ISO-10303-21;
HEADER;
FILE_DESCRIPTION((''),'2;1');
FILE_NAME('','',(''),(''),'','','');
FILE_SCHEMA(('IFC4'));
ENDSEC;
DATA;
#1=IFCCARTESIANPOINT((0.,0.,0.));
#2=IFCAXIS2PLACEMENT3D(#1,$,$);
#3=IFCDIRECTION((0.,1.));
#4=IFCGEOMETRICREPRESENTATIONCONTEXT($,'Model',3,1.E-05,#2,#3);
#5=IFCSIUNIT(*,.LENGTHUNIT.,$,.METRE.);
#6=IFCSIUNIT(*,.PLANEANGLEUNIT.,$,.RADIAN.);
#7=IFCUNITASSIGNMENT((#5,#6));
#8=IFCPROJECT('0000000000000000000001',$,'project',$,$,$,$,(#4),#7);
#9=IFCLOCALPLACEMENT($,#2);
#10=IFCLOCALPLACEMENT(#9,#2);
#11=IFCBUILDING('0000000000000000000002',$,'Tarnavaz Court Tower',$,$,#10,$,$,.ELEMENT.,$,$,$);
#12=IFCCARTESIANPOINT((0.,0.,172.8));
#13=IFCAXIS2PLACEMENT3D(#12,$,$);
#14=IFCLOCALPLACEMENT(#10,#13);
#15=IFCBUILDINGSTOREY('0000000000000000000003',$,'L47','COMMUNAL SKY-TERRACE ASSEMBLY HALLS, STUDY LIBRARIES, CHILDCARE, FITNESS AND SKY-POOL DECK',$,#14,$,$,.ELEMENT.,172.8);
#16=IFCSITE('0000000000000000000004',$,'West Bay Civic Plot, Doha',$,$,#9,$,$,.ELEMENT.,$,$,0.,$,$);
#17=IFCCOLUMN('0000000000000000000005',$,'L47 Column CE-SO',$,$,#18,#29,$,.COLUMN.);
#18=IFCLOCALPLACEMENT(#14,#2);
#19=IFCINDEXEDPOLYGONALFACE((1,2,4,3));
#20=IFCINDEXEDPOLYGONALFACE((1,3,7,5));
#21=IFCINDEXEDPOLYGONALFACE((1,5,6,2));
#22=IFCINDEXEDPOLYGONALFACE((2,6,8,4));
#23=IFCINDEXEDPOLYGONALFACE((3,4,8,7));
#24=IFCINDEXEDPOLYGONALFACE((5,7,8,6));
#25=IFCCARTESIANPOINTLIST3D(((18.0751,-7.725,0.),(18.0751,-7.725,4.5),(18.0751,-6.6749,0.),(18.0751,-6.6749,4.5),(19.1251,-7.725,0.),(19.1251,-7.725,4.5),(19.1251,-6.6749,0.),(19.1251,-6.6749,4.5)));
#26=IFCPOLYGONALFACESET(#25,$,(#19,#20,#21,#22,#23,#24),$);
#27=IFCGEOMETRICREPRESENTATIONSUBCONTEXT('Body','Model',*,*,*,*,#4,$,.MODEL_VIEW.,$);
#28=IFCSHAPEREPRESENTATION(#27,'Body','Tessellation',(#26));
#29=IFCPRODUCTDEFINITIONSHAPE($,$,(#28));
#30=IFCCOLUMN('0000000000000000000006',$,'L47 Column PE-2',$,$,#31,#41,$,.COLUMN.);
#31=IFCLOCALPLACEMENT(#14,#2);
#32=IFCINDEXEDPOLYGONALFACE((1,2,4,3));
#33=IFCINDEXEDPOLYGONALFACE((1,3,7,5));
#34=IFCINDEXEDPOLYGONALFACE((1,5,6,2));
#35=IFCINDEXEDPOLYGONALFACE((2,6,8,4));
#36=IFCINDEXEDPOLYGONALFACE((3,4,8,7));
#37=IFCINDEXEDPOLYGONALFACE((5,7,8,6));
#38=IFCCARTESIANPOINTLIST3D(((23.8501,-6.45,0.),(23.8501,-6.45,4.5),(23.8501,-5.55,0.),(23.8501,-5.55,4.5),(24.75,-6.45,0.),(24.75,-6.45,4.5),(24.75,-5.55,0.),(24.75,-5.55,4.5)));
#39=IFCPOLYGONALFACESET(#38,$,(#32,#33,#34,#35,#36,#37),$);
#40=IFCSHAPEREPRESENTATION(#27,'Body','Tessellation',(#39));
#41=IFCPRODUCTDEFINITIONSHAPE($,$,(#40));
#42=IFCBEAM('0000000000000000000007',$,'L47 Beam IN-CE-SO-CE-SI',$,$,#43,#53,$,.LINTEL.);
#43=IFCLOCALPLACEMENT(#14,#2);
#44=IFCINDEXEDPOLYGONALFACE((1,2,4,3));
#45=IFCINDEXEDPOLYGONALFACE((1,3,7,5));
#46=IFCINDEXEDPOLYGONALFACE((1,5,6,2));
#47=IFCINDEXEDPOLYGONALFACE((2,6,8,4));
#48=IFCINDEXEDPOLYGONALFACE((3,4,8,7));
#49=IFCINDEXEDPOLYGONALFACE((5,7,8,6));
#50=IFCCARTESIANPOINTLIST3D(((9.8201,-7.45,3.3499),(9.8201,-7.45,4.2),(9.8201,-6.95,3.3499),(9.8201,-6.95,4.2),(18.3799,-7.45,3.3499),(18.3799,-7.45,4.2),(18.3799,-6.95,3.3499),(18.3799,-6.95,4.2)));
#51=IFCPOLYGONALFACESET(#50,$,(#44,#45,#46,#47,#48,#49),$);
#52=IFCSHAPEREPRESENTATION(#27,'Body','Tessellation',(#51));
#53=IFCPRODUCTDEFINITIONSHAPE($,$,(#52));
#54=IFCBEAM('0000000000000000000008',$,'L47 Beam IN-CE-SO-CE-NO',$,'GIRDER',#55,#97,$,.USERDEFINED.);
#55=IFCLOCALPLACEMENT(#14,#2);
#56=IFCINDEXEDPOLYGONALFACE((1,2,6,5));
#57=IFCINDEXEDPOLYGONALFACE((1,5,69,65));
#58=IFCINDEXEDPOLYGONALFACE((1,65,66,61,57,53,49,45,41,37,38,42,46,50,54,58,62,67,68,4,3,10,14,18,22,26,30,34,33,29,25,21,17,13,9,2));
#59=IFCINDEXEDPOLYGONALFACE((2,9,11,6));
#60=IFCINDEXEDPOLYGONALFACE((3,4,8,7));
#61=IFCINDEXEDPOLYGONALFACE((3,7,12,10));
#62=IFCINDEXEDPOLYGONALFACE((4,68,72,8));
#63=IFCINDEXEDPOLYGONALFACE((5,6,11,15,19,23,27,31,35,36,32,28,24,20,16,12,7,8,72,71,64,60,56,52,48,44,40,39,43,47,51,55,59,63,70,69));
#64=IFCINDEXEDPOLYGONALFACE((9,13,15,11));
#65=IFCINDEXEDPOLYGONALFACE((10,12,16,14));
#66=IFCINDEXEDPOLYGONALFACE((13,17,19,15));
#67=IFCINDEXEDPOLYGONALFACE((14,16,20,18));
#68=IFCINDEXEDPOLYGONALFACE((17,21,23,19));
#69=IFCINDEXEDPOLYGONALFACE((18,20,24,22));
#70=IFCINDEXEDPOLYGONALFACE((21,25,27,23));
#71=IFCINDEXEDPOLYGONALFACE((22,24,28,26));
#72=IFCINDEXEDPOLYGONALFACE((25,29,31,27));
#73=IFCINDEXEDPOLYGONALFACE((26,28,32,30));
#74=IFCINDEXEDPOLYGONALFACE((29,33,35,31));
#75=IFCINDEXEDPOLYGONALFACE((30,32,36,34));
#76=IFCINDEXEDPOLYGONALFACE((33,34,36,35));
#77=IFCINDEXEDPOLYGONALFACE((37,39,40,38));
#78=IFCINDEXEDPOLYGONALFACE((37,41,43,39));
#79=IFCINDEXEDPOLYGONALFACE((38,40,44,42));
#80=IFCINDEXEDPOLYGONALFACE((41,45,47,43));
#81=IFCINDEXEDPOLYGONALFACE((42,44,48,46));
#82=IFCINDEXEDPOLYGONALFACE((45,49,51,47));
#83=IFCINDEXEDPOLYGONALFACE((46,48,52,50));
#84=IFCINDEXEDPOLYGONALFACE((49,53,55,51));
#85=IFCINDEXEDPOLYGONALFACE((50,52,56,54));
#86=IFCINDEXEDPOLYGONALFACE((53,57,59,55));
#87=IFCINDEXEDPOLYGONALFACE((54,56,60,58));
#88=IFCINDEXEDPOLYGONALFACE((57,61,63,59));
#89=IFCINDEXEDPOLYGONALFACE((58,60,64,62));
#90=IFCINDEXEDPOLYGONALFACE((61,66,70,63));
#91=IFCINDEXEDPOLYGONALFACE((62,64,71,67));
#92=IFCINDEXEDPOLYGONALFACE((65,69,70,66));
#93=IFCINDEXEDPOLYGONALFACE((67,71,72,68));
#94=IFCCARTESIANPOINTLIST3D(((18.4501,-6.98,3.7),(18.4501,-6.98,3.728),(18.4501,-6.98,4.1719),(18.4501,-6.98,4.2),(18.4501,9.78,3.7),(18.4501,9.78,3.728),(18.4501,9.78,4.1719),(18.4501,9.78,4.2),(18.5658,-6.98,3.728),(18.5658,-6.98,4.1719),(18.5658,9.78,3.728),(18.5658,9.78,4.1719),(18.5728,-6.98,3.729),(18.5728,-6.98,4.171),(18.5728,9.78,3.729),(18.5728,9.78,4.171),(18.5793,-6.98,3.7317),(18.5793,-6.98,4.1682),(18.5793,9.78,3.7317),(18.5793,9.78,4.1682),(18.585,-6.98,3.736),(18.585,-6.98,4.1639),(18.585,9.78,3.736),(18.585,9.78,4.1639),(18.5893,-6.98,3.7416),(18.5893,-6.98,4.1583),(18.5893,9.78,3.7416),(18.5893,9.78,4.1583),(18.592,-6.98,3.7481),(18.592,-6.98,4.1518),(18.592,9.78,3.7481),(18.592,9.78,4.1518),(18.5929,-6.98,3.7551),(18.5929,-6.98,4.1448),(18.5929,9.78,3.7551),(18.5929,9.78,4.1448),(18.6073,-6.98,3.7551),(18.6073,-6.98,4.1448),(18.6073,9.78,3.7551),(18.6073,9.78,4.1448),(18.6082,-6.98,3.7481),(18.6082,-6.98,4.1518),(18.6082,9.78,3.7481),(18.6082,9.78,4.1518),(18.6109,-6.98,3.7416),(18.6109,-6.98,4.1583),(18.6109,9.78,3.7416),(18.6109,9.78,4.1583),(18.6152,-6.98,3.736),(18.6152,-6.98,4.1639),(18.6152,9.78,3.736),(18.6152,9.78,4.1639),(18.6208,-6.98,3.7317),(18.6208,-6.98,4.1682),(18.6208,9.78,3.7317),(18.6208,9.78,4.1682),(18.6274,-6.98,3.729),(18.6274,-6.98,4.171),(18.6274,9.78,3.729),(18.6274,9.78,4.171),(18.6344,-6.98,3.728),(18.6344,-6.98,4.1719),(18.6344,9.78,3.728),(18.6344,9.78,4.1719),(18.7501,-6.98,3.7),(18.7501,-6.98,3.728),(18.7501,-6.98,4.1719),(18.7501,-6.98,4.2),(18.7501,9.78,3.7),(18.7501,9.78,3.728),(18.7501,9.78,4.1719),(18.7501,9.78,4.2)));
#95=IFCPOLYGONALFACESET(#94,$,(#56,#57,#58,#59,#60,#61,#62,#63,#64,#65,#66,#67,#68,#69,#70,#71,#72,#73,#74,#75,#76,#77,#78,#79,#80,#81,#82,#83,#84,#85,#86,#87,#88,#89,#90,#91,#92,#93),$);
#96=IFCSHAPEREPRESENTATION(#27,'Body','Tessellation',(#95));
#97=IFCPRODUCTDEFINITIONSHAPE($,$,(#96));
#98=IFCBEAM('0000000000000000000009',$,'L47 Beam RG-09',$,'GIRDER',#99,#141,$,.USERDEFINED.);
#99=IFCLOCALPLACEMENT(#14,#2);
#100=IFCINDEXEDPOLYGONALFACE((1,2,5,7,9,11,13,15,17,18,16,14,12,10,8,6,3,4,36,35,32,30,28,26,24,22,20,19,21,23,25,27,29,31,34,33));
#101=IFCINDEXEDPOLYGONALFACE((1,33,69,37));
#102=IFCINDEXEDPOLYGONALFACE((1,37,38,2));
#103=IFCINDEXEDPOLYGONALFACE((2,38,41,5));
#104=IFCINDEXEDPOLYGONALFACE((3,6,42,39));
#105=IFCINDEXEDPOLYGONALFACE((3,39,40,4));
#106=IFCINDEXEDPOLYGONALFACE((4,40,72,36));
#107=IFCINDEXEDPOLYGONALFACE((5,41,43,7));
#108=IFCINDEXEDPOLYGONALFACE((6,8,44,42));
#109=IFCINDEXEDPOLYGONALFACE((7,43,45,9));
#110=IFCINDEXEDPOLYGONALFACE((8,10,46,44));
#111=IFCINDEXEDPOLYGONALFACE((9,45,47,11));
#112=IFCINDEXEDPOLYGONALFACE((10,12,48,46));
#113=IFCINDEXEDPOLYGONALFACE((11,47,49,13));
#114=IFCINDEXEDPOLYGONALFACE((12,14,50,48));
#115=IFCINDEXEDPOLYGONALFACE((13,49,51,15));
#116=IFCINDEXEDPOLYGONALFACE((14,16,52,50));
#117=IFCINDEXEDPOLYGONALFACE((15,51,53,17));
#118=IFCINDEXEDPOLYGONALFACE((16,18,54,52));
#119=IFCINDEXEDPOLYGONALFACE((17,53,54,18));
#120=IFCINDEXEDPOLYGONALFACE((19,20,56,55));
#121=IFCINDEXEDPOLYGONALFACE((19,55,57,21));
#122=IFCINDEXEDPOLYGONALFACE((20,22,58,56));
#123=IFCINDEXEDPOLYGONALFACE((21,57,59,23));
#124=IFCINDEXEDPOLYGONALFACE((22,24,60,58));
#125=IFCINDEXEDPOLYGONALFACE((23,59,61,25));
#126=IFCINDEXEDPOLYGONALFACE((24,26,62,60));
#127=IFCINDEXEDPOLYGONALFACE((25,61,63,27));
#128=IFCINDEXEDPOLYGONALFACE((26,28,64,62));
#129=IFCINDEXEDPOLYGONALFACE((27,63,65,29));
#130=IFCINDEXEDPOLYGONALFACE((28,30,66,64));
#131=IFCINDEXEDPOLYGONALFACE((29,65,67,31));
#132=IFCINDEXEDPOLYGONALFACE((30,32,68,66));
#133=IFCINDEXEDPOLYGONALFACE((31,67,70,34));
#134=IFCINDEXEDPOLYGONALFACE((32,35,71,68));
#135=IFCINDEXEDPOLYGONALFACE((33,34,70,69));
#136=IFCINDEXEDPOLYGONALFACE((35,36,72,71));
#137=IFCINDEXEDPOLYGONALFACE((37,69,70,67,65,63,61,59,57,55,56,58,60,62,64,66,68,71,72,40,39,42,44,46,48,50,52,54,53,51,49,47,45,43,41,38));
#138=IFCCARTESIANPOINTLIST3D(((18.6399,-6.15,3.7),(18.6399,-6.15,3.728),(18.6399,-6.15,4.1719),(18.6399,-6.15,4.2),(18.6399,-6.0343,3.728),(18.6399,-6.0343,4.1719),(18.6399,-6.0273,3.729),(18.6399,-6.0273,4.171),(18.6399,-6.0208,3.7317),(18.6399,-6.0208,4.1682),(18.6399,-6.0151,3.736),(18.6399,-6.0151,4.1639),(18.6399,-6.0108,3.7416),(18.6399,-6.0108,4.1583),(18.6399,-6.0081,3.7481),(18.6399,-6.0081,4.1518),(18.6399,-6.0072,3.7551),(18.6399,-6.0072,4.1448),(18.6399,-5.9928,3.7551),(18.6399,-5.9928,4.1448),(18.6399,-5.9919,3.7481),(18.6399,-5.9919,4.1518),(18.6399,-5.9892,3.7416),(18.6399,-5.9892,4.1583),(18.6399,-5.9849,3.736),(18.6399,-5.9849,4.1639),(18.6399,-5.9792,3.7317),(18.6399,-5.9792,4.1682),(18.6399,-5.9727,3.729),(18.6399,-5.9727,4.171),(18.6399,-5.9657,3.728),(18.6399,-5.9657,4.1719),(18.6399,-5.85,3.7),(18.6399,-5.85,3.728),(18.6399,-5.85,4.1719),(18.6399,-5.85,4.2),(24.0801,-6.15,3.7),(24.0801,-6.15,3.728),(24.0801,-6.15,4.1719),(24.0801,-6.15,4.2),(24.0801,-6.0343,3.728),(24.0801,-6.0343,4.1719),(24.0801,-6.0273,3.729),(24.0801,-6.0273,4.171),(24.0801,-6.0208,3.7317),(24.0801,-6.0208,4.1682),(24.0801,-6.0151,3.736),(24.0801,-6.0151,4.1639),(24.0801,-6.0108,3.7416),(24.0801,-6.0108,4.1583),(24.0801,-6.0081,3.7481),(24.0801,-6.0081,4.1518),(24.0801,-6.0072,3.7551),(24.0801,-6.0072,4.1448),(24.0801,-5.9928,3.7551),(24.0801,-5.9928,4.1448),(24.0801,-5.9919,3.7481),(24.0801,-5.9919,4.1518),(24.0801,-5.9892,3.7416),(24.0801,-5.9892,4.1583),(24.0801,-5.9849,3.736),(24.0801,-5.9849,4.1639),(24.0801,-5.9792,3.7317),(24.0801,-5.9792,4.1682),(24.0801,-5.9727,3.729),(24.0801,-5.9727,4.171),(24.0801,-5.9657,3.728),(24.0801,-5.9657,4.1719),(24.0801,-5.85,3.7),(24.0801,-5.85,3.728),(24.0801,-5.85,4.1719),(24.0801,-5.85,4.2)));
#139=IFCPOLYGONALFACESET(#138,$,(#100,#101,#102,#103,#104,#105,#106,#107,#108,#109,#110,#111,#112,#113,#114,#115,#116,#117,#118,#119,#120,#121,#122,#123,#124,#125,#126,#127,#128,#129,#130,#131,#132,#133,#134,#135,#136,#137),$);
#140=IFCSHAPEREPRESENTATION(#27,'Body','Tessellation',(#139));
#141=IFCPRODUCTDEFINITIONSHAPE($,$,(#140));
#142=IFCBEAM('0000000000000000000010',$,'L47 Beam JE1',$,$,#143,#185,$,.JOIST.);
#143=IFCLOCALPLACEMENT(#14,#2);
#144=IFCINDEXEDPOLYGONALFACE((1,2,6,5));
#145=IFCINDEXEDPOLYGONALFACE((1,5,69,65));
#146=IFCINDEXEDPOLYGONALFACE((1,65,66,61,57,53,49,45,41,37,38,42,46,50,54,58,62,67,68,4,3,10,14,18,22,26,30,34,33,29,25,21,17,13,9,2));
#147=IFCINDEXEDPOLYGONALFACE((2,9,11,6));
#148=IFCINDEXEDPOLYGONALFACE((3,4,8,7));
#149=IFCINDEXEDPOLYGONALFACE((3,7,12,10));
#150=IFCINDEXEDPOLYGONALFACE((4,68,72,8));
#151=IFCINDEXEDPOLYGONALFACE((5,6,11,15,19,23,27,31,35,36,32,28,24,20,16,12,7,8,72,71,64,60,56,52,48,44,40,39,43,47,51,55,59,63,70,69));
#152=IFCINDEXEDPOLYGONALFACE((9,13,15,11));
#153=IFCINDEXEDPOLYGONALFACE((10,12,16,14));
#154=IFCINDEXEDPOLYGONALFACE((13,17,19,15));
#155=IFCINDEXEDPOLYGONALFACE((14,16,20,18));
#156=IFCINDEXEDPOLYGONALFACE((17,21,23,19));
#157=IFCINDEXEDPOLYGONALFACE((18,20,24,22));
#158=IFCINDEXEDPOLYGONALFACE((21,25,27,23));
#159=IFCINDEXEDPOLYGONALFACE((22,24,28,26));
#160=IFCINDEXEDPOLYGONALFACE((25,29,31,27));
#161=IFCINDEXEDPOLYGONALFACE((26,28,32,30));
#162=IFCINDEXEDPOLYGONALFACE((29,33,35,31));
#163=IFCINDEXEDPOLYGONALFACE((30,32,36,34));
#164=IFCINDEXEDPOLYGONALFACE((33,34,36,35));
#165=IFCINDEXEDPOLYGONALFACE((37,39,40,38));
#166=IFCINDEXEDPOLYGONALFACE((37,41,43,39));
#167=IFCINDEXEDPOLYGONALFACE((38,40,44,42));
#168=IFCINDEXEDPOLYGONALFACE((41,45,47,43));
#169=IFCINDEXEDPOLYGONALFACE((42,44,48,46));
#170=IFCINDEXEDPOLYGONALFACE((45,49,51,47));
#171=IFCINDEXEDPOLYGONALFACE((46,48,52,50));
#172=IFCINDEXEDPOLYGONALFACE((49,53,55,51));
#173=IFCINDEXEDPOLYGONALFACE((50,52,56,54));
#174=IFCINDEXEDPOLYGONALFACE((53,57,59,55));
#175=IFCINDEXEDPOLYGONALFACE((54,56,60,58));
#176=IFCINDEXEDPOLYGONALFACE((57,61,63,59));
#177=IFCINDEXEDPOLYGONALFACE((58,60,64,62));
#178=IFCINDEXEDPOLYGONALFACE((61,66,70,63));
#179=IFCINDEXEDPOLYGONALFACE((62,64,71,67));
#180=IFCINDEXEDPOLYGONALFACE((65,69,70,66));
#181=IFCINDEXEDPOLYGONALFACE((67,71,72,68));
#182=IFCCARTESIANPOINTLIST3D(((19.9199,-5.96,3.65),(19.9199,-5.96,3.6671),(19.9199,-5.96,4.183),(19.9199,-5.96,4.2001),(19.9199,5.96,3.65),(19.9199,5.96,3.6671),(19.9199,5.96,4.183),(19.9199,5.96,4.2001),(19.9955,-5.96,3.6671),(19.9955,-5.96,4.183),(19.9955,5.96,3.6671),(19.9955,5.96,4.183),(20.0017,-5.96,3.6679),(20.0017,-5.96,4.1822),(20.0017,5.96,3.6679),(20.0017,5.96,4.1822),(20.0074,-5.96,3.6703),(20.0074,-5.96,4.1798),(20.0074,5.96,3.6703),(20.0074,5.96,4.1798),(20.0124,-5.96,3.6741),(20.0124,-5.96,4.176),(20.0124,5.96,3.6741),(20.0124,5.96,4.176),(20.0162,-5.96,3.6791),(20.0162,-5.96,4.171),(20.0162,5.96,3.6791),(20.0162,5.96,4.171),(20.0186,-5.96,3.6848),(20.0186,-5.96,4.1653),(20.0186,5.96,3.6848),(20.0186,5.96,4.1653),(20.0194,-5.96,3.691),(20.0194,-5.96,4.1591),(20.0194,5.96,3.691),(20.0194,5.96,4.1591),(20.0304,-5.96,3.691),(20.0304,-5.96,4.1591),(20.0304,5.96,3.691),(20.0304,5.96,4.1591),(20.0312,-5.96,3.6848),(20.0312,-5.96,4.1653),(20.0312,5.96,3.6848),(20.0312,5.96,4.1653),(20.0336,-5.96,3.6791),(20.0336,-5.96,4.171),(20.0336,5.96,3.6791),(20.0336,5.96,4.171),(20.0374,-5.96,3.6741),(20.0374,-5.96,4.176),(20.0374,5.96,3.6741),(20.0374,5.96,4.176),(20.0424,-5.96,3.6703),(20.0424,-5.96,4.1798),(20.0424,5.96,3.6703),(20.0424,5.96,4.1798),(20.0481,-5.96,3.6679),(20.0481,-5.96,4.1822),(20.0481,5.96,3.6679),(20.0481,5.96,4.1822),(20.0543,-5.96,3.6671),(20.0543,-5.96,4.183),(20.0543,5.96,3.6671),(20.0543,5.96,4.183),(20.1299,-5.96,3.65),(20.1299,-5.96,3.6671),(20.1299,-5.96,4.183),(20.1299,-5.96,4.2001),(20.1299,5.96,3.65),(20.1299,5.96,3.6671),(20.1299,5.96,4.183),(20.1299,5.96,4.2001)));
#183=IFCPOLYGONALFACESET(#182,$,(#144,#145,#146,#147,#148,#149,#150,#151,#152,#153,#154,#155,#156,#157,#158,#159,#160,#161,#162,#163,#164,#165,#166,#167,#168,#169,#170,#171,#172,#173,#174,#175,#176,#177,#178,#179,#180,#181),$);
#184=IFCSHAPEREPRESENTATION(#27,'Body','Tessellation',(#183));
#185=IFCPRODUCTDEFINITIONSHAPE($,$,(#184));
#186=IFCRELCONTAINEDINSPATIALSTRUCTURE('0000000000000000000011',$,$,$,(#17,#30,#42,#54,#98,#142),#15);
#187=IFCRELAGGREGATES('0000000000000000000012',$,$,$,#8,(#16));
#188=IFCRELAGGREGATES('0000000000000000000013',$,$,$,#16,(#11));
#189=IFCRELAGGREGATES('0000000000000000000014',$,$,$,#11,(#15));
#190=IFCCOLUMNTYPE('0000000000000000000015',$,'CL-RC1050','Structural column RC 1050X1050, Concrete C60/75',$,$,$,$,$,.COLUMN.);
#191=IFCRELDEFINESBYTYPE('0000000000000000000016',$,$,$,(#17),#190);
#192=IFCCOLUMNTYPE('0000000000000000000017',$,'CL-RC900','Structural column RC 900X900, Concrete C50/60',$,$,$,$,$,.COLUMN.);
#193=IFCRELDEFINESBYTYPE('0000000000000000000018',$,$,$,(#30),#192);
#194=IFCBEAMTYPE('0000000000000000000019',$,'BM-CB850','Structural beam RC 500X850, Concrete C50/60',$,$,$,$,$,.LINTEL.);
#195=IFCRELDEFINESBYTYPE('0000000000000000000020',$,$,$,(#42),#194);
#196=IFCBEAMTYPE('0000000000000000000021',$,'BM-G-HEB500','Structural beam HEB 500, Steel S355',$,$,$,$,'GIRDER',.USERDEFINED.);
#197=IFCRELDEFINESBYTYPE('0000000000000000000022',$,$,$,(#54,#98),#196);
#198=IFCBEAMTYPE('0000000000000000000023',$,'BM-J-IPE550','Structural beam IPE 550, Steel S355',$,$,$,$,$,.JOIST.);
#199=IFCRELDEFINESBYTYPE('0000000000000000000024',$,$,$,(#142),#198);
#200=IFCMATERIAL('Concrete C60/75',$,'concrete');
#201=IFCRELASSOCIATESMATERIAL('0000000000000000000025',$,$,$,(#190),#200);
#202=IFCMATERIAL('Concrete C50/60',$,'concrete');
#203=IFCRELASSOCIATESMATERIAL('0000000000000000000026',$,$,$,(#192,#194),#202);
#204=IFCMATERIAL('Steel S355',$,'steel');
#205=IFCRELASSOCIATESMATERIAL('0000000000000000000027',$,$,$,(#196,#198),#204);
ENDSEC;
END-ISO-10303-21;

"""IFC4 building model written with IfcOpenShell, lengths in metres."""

from ifc_helpers import new_model, si_unit, direction, frame, origin, origin_2d, place, context, subcontext, project, spatial, rectangle, i_section, extrude, material, material_profile, profile_set, type_object, element, save


model = new_model("IFC4")

# Units and contexts
model_context = context("Model", 3, precision=1e-05, world=origin(), true_north=direction((0.0, 1.0)))
body_context = subcontext(model_context, "Body", "Model", "MODEL_VIEW")
ifc_project = project(units=[si_unit("LENGTHUNIT", "METRE"), si_unit("PLANEANGLEUNIT", "RADIAN")], contexts=[model_context])

# Site, building, storey
site_placement = place(None, origin())
site = spatial("IfcSite", under=ifc_project, at=site_placement, Name="West Bay Civic Plot, Doha", CompositionType="ELEMENT", RefElevation=0.0)
building_placement = place(site_placement, origin())
building = spatial("IfcBuilding", under=site, at=building_placement, Name="Tarnavaz Court Tower", CompositionType="ELEMENT")
storey_placement = place(building_placement, frame((0.0, 0.0, 172.8)))
storey = spatial("IfcBuildingStorey", under=building, at=storey_placement, Name="L47", Description="COMMUNAL SKY-TERRACE ASSEMBLY HALLS, STUDY LIBRARIES, CHILDCARE, FITNESS AND SKY-POOL DECK", CompositionType="ELEMENT", Elevation=172.8)

# Columns
ifc_material_1 = material(Name="Concrete C60/75", Category="concrete")
ifc_material_profile_1 = material_profile(ifc_material_1, rectangle(XDim=1.05, YDim=1.05, at=origin_2d()), Name="RC 1050X1050")
ifc_profile_set_1 = profile_set([ifc_material_profile_1], Name="Concrete C60/75")
column_type_1 = type_object("IfcColumnType", Name="CL-RC1050", Description="Structural column RC 1050X1050, Concrete C60/75", PredefinedType="COLUMN", material=ifc_profile_set_1)
column_1_placement = place(storey_placement, frame((18.6001, -7.2, 0.0), z_axis=(0.0, 0.0, 1.0), x_axis=(1.0, 0.0, 0.0)))
element("IfcColumn", 1, at=column_1_placement, inside=storey, type_object=column_type_1, Name="L47 Column CE-SO", PredefinedType="COLUMN", context=body_context, shape_type="SweptSolid", body=[
    extrude(rectangle(XDim=1.05, YDim=1.05, at=origin_2d()), origin(), (0.0, 0.0, 1.0), 4.5),
])
ifc_material_2 = material(Name="Concrete C50/60", Category="concrete")
ifc_material_profile_2 = material_profile(ifc_material_2, rectangle(XDim=0.8999, YDim=0.8999, at=origin_2d()), Name="RC 900X900")
ifc_profile_set_2 = profile_set([ifc_material_profile_2], Name="Concrete C50/60")
column_type_2 = type_object("IfcColumnType", Name="CL-RC900", Description="Structural column RC 900X900, Concrete C50/60", PredefinedType="COLUMN", material=ifc_profile_set_2)
column_2_placement = place(storey_placement, frame((24.3, -6.0, 0.0), z_axis=(0.0, 0.0, 1.0), x_axis=(1.0, 0.0, 0.0)))
element("IfcColumn", 2, at=column_2_placement, inside=storey, type_object=column_type_2, Name="L47 Column PE-2", PredefinedType="COLUMN", context=body_context, shape_type="SweptSolid", body=[
    extrude(rectangle(XDim=0.8999, YDim=0.8999, at=origin_2d()), origin(), (0.0, 0.0, 1.0), 4.5),
])

# Beams
ifc_material_profile_3 = material_profile(ifc_material_2, rectangle(XDim=0.5, YDim=0.8501, at=origin_2d()), Name="RC 500X850")
ifc_profile_set_3 = profile_set([ifc_material_profile_3], Name="Concrete C50/60")
beam_type_1 = type_object("IfcBeamType", Name="BM-CB850", Description="Structural beam RC 500X850, Concrete C50/60", PredefinedType="LINTEL", material=ifc_profile_set_3)
beam_1_placement = place(storey_placement, frame((18.3799, -7.2, 3.7749), z_axis=(-1.0, 0.0, 0.0), x_axis=(0.0, -1.0, 0.0)))
element("IfcBeam", 3, at=beam_1_placement, inside=storey, type_object=beam_type_1, Name="L47 Beam IN-CE-SO-CE-SI", PredefinedType="LINTEL", context=body_context, shape_type="SweptSolid", body=[
    extrude(rectangle(XDim=0.5, YDim=0.8501, at=origin_2d()), origin(), (0.0, 0.0, 1.0), 8.5598),
])
ifc_material_3 = material(Name="Steel S355", Category="steel")
ifc_material_profile_4 = material_profile(ifc_material_3, i_section(OverallWidth=0.3, OverallDepth=0.5, WebThickness=0.0144, FlangeThickness=0.0281, FilletRadius=0.0271, at=origin_2d()), Name="HEB 500")
ifc_profile_set_4 = profile_set([ifc_material_profile_4], Name="Steel S355")
beam_type_2 = type_object("IfcBeamType", Name="BM-G-HEB500", Description="Structural beam HEB 500, Steel S355", ElementType="GIRDER", PredefinedType="USERDEFINED", material=ifc_profile_set_4)
beam_2_placement = place(storey_placement, frame((18.6001, -6.98, 3.95), z_axis=(0.0, 1.0, 0.0), x_axis=(-1.0, 0.0, 0.0)))
element("IfcBeam", 4, at=beam_2_placement, inside=storey, type_object=beam_type_2, Name="L47 Beam IN-CE-SO-CE-NO", ObjectType="GIRDER", PredefinedType="USERDEFINED", context=body_context, shape_type="SweptSolid", body=[
    extrude(i_section(OverallWidth=0.3, OverallDepth=0.5, WebThickness=0.0144, FlangeThickness=0.0281, FilletRadius=0.0271, at=origin_2d()), origin(), (0.0, 0.0, 1.0), 16.76),
])
beam_3_placement = place(storey_placement, frame((18.6399, -6.0, 3.95), z_axis=(1.0, 0.0, 0.0), x_axis=(0.0, 1.0, 0.0)))
element("IfcBeam", 5, at=beam_3_placement, inside=storey, type_object=beam_type_2, Name="L47 Beam RG-09", ObjectType="GIRDER", PredefinedType="USERDEFINED", context=body_context, shape_type="SweptSolid", body=[
    extrude(i_section(OverallWidth=0.3, OverallDepth=0.5, WebThickness=0.0144, FlangeThickness=0.0281, FilletRadius=0.0271, at=origin_2d()), origin(), (0.0, 0.0, 1.0), 5.4402),
])
ifc_material_profile_5 = material_profile(ifc_material_3, i_section(OverallWidth=0.21, OverallDepth=0.55, WebThickness=0.011, FlangeThickness=0.0171, FilletRadius=0.0239, at=origin_2d()), Name="IPE 550")
ifc_profile_set_5 = profile_set([ifc_material_profile_5], Name="Steel S355")
beam_type_3 = type_object("IfcBeamType", Name="BM-J-IPE550", Description="Structural beam IPE 550, Steel S355", PredefinedType="JOIST", material=ifc_profile_set_5)
for number, where, z_axis, x_axis, name in (
    (6, (20.0249, -5.96, 3.925), (0.0, 1.0, 0.0), (-1.0, 0.0, 0.0), "L47 Beam JE1"),
):
    element("IfcBeam", number, at=place(storey_placement, frame(where, z_axis=z_axis, x_axis=x_axis)), inside=storey, type_object=beam_type_3, Name=name, PredefinedType="JOIST", context=body_context, shape_type="SweptSolid", body=[
        extrude(i_section(OverallWidth=0.21, OverallDepth=0.55, WebThickness=0.011, FlangeThickness=0.0171, FilletRadius=0.0239, at=origin_2d()), origin(), (0.0, 0.0, 1.0), 11.9199),
    ])

save(model, "model.ifc")
